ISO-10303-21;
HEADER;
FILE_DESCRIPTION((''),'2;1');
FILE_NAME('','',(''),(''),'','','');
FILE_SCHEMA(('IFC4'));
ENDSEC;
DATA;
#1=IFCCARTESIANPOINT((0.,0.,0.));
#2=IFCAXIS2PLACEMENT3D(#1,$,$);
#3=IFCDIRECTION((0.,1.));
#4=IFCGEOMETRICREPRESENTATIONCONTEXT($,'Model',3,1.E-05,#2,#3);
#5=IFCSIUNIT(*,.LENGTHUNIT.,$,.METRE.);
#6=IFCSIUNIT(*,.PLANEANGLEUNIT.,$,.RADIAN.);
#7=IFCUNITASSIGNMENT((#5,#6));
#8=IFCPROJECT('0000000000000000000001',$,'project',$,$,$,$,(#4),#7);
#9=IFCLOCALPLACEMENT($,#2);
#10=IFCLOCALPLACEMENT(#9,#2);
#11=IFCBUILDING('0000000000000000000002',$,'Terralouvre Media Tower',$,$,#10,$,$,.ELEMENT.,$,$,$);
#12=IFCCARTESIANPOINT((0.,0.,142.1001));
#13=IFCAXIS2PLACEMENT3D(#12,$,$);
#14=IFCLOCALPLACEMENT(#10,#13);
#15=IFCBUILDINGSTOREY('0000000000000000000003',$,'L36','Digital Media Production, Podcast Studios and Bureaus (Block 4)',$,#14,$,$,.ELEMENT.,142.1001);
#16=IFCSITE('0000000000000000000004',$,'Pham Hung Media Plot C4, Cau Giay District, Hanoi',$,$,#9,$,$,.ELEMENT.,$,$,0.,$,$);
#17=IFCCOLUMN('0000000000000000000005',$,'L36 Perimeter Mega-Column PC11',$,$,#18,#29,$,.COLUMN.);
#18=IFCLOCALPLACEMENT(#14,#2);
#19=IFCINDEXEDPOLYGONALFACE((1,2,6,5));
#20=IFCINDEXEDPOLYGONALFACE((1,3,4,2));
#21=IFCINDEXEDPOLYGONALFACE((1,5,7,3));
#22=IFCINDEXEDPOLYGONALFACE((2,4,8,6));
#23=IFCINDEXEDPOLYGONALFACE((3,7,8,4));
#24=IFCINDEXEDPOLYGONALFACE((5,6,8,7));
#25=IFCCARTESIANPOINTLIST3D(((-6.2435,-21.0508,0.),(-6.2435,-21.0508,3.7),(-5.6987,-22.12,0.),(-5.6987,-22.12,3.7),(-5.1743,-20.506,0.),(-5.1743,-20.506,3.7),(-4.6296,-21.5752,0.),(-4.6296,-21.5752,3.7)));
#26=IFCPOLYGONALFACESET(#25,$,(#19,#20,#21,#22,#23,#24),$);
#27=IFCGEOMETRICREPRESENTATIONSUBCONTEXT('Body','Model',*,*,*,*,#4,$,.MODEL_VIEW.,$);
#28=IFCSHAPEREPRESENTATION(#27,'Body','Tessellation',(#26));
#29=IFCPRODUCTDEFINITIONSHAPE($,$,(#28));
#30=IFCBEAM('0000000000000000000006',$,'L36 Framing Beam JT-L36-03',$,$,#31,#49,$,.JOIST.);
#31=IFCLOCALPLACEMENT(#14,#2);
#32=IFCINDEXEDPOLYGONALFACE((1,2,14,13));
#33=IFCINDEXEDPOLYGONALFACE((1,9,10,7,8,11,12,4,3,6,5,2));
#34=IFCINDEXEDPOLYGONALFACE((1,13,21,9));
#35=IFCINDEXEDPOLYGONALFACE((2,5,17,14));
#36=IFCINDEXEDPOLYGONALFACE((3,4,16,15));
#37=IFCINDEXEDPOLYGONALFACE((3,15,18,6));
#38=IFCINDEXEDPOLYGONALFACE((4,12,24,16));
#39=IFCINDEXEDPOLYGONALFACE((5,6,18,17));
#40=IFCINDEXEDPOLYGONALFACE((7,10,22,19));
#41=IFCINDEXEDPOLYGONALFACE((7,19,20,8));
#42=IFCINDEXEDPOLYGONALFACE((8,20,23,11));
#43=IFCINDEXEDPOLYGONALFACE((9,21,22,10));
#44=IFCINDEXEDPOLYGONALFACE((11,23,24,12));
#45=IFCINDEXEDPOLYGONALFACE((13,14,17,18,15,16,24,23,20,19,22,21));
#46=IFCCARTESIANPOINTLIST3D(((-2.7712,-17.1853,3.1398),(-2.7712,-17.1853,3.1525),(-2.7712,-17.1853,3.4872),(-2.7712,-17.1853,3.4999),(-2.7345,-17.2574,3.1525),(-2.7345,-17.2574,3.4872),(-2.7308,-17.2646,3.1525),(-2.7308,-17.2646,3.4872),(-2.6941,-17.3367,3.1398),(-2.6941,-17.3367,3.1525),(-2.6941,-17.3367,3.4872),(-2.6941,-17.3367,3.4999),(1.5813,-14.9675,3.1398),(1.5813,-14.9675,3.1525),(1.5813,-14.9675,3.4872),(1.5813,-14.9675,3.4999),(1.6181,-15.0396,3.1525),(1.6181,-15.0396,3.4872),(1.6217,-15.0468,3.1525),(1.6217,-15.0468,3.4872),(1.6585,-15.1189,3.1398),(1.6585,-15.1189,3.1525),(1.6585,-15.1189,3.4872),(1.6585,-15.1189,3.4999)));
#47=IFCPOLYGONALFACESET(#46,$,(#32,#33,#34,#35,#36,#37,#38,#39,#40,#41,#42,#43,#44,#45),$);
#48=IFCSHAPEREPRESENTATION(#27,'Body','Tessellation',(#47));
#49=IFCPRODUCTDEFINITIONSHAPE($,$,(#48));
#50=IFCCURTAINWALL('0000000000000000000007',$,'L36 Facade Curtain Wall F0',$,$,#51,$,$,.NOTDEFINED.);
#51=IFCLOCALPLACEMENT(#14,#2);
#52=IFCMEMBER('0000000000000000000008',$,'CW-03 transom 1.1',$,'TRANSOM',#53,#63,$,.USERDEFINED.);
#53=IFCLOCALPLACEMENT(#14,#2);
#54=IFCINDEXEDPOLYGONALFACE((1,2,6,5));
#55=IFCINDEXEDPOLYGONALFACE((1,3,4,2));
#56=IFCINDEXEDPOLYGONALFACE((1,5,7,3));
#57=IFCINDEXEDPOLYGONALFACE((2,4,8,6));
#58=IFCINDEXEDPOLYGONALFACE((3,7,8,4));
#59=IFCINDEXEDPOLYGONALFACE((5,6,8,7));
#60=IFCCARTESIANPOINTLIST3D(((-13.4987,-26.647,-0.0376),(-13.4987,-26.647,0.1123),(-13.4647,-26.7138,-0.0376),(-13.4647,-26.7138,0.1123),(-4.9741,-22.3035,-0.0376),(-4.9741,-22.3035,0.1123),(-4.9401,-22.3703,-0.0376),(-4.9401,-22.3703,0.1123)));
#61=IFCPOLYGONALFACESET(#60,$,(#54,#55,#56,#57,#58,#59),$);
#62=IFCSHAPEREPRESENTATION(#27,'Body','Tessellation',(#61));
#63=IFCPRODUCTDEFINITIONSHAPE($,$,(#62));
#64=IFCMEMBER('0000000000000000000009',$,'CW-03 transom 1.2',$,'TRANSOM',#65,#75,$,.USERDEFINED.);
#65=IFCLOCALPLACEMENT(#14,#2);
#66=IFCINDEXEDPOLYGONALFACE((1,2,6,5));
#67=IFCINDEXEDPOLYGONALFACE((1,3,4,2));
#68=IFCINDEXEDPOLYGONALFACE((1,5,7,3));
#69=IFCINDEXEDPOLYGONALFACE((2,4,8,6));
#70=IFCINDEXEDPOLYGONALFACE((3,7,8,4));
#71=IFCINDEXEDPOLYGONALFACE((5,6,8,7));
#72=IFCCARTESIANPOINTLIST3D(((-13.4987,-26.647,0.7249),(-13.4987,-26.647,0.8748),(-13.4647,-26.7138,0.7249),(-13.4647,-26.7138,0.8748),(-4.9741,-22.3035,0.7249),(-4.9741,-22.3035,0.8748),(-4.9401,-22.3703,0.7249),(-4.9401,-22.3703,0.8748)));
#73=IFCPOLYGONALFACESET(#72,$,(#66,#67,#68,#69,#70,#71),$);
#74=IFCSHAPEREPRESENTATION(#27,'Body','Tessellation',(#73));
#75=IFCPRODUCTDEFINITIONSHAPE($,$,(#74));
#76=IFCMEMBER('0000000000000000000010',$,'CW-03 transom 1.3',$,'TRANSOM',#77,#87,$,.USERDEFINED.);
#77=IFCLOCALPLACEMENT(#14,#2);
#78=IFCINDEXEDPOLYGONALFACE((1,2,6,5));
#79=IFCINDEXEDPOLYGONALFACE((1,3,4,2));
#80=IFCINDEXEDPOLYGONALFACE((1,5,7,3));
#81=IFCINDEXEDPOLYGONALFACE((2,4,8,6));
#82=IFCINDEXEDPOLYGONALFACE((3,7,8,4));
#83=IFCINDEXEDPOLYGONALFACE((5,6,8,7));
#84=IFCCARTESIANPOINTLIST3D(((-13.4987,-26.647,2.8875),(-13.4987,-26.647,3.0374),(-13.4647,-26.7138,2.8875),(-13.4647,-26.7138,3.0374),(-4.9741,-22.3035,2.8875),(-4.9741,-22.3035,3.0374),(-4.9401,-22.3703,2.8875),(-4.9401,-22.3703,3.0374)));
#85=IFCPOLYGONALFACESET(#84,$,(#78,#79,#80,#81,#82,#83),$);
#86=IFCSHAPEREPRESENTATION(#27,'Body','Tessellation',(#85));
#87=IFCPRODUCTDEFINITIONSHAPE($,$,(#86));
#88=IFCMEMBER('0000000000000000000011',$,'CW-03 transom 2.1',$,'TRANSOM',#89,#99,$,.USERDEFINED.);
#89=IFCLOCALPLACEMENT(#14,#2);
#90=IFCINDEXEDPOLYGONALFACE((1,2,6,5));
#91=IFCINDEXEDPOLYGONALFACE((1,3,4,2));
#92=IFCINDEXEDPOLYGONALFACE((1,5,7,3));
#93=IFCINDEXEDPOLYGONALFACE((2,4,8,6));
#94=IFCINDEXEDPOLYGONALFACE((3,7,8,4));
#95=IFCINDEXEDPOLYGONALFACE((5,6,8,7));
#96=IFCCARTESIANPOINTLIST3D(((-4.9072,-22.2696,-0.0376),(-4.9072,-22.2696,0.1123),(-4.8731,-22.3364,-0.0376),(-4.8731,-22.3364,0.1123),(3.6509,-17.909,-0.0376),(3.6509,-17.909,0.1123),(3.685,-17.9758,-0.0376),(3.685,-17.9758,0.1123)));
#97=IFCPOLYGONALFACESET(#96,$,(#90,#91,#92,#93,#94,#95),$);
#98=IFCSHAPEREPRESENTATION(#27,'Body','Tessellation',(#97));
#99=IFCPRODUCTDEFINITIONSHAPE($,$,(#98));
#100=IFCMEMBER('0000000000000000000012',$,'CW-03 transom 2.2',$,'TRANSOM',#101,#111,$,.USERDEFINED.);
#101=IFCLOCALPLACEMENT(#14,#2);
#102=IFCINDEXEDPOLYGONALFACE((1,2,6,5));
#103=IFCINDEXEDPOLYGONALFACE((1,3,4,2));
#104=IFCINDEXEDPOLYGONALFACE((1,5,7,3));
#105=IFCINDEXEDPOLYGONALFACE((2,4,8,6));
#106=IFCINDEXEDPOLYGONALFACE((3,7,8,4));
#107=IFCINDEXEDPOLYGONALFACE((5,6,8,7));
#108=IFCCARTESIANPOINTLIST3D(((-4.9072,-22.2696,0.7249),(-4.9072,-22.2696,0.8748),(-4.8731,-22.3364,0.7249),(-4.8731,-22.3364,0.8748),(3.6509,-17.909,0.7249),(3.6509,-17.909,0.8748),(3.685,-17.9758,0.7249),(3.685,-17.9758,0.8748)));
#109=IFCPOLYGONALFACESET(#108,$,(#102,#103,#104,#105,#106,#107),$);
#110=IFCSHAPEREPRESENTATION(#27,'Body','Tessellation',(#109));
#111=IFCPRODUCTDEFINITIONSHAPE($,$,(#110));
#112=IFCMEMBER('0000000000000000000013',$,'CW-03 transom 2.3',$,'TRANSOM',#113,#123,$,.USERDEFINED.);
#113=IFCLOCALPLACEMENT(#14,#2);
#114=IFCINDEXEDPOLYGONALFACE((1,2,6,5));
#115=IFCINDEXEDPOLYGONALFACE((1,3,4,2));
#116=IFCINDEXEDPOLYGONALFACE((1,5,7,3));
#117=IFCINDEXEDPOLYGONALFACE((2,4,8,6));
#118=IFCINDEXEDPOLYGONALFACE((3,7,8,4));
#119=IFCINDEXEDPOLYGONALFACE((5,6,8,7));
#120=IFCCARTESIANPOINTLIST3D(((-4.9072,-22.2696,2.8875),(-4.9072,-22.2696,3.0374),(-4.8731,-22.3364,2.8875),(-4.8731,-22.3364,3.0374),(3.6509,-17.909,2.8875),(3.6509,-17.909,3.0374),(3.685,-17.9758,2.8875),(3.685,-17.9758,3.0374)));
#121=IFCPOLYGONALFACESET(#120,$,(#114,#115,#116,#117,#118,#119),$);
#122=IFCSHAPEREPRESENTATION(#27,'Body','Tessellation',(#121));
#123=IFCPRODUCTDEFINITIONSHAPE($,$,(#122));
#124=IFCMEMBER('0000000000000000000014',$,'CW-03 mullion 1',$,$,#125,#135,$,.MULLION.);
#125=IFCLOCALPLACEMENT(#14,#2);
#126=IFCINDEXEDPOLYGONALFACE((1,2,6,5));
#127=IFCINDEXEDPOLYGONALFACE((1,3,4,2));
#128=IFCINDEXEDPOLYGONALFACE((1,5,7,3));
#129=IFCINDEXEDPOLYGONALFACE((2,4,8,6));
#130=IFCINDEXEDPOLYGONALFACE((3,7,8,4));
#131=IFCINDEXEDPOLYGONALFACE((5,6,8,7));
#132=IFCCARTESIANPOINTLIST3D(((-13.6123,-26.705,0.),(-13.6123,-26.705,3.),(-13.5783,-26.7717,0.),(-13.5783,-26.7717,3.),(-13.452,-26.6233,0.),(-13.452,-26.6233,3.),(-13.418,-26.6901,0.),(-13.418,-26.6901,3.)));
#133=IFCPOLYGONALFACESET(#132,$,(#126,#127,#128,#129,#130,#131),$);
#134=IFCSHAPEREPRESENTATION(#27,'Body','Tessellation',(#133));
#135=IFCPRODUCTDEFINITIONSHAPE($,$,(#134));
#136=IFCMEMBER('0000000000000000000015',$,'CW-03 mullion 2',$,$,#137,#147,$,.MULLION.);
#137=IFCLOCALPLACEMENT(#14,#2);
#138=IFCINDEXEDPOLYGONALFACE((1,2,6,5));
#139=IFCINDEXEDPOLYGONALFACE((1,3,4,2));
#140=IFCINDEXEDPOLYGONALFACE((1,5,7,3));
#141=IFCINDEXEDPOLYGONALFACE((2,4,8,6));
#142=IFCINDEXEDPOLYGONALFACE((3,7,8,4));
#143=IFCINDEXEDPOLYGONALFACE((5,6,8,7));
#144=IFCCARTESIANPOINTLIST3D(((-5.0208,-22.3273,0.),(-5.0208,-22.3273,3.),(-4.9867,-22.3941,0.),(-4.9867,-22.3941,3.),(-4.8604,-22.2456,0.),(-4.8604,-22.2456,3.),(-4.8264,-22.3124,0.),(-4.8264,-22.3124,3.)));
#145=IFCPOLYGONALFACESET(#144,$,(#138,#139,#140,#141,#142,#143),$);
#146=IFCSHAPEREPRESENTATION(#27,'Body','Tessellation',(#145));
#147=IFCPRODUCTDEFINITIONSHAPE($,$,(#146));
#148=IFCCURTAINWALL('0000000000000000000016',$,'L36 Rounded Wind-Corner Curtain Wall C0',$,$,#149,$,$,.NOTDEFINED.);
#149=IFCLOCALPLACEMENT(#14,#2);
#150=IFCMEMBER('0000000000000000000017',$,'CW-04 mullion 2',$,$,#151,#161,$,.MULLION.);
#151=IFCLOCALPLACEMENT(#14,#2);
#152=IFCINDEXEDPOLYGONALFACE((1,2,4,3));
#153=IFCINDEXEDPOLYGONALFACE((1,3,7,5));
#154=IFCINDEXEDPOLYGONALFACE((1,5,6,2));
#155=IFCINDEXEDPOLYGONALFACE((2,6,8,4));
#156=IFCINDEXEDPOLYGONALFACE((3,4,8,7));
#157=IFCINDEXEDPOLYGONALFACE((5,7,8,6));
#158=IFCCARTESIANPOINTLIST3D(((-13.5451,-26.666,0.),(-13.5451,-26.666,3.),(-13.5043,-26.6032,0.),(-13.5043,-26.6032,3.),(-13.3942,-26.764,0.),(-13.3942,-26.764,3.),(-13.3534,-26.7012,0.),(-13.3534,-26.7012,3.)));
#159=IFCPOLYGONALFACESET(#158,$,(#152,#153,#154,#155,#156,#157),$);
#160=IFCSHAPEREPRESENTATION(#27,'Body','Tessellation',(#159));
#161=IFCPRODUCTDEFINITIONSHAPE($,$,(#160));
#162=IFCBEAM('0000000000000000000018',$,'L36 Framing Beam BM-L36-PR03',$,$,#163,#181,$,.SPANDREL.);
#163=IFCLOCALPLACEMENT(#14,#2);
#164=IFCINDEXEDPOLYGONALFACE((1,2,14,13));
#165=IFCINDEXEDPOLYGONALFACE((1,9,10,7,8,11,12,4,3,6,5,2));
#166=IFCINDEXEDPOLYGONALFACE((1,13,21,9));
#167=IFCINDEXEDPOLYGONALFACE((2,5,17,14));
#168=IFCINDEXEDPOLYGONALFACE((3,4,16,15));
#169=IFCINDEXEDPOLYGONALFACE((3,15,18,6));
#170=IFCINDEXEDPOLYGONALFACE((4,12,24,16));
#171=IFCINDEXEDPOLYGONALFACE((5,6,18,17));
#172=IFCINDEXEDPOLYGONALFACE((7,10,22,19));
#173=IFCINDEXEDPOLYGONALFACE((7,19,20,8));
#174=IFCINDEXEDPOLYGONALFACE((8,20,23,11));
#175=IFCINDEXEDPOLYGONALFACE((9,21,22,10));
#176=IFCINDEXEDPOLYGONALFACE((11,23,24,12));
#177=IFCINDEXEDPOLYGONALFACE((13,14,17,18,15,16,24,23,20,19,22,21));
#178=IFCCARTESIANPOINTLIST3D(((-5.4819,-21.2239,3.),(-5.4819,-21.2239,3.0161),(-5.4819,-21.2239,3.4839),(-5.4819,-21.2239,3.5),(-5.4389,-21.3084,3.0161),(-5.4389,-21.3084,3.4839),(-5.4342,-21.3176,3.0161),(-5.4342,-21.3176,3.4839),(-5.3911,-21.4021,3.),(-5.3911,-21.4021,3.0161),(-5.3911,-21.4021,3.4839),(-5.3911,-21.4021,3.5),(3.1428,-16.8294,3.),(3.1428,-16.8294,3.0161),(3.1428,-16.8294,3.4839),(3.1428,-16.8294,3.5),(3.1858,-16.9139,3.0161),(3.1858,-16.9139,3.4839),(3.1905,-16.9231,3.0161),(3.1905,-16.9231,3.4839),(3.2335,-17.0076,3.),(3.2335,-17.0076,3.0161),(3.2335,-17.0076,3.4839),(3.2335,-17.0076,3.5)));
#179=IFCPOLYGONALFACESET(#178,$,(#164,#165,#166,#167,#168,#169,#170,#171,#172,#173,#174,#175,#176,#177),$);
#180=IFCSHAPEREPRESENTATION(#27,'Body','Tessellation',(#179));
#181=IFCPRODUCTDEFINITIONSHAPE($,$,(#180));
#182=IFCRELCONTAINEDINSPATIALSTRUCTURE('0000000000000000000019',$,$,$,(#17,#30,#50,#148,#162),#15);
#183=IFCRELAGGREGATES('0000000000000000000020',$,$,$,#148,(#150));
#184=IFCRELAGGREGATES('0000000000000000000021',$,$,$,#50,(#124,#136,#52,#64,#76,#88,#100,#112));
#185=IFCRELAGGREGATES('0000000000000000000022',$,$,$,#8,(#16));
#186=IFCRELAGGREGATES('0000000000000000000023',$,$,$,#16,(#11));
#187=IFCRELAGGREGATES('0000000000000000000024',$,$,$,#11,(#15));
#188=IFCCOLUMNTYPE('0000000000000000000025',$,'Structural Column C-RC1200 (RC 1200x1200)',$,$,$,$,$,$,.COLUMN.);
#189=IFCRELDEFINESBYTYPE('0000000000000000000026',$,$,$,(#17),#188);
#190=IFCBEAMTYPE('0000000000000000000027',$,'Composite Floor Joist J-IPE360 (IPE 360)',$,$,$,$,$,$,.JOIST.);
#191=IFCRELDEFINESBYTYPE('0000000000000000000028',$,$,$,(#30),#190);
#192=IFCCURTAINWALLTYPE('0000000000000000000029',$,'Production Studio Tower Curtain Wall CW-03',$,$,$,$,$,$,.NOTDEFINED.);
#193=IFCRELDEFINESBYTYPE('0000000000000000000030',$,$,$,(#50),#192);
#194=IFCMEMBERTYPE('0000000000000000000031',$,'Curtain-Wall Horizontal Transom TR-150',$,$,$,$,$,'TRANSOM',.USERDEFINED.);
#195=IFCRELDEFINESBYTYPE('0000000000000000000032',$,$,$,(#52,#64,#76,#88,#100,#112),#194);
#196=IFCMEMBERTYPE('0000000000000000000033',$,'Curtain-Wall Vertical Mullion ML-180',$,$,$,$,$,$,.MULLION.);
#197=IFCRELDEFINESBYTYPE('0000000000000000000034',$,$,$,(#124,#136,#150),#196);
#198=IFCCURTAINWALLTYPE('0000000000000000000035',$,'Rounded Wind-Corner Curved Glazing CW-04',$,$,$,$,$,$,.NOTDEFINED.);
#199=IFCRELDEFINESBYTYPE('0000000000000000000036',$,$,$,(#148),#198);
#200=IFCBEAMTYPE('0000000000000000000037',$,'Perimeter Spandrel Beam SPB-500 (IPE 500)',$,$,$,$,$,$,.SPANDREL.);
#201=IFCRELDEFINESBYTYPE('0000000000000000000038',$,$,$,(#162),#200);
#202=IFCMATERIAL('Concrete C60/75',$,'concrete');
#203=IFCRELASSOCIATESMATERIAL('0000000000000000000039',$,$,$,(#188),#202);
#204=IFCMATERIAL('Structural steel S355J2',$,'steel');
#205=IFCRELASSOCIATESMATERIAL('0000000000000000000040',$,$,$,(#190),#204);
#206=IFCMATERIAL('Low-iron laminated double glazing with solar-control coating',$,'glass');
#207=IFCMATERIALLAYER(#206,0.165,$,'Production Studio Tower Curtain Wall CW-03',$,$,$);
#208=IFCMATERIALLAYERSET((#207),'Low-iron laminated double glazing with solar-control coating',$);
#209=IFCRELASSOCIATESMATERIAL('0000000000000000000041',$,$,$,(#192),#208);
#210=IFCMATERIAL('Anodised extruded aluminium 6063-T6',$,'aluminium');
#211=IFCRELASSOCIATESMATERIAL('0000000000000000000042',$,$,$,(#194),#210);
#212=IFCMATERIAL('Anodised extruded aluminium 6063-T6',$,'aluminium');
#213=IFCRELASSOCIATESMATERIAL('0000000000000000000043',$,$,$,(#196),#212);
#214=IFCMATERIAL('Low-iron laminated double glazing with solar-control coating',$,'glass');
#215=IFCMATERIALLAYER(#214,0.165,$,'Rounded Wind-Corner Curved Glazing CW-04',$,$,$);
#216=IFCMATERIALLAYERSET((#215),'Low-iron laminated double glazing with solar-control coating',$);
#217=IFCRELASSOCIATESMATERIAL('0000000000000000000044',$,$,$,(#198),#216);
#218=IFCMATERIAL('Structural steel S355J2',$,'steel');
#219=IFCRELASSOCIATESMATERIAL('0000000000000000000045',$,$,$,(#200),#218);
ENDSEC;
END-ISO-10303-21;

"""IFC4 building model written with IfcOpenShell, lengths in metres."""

from ifc_helpers import new_model, si_unit, direction, frame, origin, origin_2d, place, context, subcontext, project, spatial, rectangle, i_section, extrude, material, layer, layer_set, material_profile, profile_set, type_object, element, aggregate, save


model = new_model("IFC4")

# Units and contexts
model_context = context("Model", 3, precision=1e-05, world=origin(), true_north=direction((0.0, 1.0)))
body_context = subcontext(model_context, "Body", "Model", "MODEL_VIEW")
ifc_project = project(units=[si_unit("LENGTHUNIT", "METRE"), si_unit("PLANEANGLEUNIT", "RADIAN")], contexts=[model_context])

# Site, building, storey
site_placement = place(None, origin())
site = spatial("IfcSite", under=ifc_project, at=site_placement, Name="Pham Hung Media Plot C4, Cau Giay District, Hanoi", CompositionType="ELEMENT", RefElevation=0.0)
building_placement = place(site_placement, origin())
building = spatial("IfcBuilding", under=site, at=building_placement, Name="Terralouvre Media Tower", CompositionType="ELEMENT")
storey_placement = place(building_placement, frame((0.0, 0.0, 142.1001)))
storey = spatial("IfcBuildingStorey", under=building, at=storey_placement, Name="L36", Description="Digital Media Production, Podcast Studios and Bureaus (Block 4)", CompositionType="ELEMENT", Elevation=142.1001)

# Column
ifc_material_1 = material(Name="Concrete C60/75", Category="concrete")
ifc_material_profile_1 = material_profile(ifc_material_1, rectangle(XDim=1.2, YDim=1.2, at=origin_2d()), Name="RC 1200x1200")
ifc_profile_set_1 = profile_set([ifc_material_profile_1], Name="Concrete C60/75")
column_type = type_object("IfcColumnType", Name="Structural Column C-RC1200 (RC 1200x1200)", PredefinedType="COLUMN", material=ifc_profile_set_1)
column_placement = place(storey_placement, frame((-5.4365, -21.313, 0.0), z_axis=(0.0, 0.0, 1.0), x_axis=(0.891007, 0.45399, 0.0)))
element("IfcColumn", 1, at=column_placement, inside=storey, type_object=column_type, Name="L36 Perimeter Mega-Column PC11", PredefinedType="COLUMN", context=body_context, shape_type="SweptSolid", body=[
    extrude(rectangle(XDim=1.2, YDim=1.2, at=origin_2d()), origin(), (0.0, 0.0, 1.0), 3.7),
])

# Beam
ifc_material_2 = material(Name="Structural steel S355J2", Category="steel")
ifc_material_profile_2 = material_profile(ifc_material_2, i_section(OverallWidth=0.1699, OverallDepth=0.3601, WebThickness=0.0081, FlangeThickness=0.0127, at=origin_2d()), Name="IPE 360")
ifc_profile_set_2 = profile_set([ifc_material_profile_2], Name="Structural steel S355J2")
beam_type_1 = type_object("IfcBeamType", Name="Composite Floor Joist J-IPE360 (IPE 360)", PredefinedType="JOIST", material=ifc_profile_set_2)
beam_1_placement = place(storey_placement, frame((-2.7327, -17.261, 3.3198), z_axis=(0.891003, 0.453998, 0.0), x_axis=(-0.453998, 0.891003, 0.0)))
element("IfcBeam", 2, at=beam_1_placement, inside=storey, type_object=beam_type_1, Name="L36 Framing Beam JT-L36-03", PredefinedType="JOIST", context=body_context, shape_type="SweptSolid", body=[
    extrude(i_section(OverallWidth=0.1699, OverallDepth=0.3601, WebThickness=0.0081, FlangeThickness=0.0127, at=origin_2d()), origin(), (0.0, 0.0, 1.0), 4.885),
])

# Curtain wall, members
ifc_material_3 = material(Name="Low-iron laminated double glazing with solar-control coating", Category="glass")
ifc_layer_1 = layer(ifc_material_3, 0.165, Name="Production Studio Tower Curtain Wall CW-03")
ifc_layer_set_1 = layer_set([ifc_layer_1], Name="Low-iron laminated double glazing with solar-control coating")
curtain_wall_type_1 = type_object("IfcCurtainWallType", Name="Production Studio Tower Curtain Wall CW-03", PredefinedType="NOTDEFINED", material=ifc_layer_set_1)
curtain_wall_1_placement = place(storey_placement, origin())
curtain_wall_1 = element("IfcCurtainWall", 3, at=curtain_wall_1_placement, inside=storey, type_object=curtain_wall_type_1, Name="L36 Facade Curtain Wall F0", PredefinedType="NOTDEFINED")
ifc_material_4 = material(Name="Anodised extruded aluminium 6063-T6", Category="aluminium")
ifc_material_profile_3 = material_profile(ifc_material_4, rectangle(XDim=0.075, YDim=0.1499, at=origin_2d()), Name="ALU 75x150")
ifc_profile_set_3 = profile_set([ifc_material_profile_3], Name="Anodised extruded aluminium 6063-T6")
member_type_1 = type_object("IfcMemberType", Name="Curtain-Wall Horizontal Transom TR-150", ElementType="TRANSOM", PredefinedType="USERDEFINED", material=ifc_profile_set_3)
member_1_placement = place(storey_placement, frame((-13.4817, -26.6804, 0.0374), z_axis=(0.891008, 0.453988, 0.0), x_axis=(-0.453988, 0.891008, 0.0)))
member_1 = element("IfcMember", 4, at=member_1_placement, type_object=member_type_1, Name="CW-03 transom 1.1", ObjectType="TRANSOM", PredefinedType="USERDEFINED", context=body_context, shape_type="SweptSolid", body=[
    extrude(rectangle(XDim=0.075, YDim=0.1499, at=origin_2d()), origin(), (0.0, 0.0, 1.0), 9.5674),
])
member_2_placement = place(storey_placement, frame((-13.4817, -26.6804, 0.7998), z_axis=(0.891008, 0.453988, 0.0), x_axis=(-0.453988, 0.891008, 0.0)))
member_2 = element("IfcMember", 5, at=member_2_placement, type_object=member_type_1, Name="CW-03 transom 1.2", ObjectType="TRANSOM", PredefinedType="USERDEFINED", context=body_context, shape_type="SweptSolid", body=[
    extrude(rectangle(XDim=0.075, YDim=0.1499, at=origin_2d()), origin(), (0.0, 0.0, 1.0), 9.5674),
])
member_3_placement = place(storey_placement, frame((-13.4817, -26.6804, 2.9624), z_axis=(0.891008, 0.453988, 0.0), x_axis=(-0.453988, 0.891008, 0.0)))
member_3 = element("IfcMember", 6, at=member_3_placement, type_object=member_type_1, Name="CW-03 transom 1.3", ObjectType="TRANSOM", PredefinedType="USERDEFINED", context=body_context, shape_type="SweptSolid", body=[
    extrude(rectangle(XDim=0.075, YDim=0.1499, at=origin_2d()), origin(), (0.0, 0.0, 1.0), 9.5674),
])
member_4_placement = place(storey_placement, frame((-4.8901, -22.303, 0.0374), z_axis=(0.891006, 0.453992, 0.0), x_axis=(-0.453992, 0.891006, 0.0)))
member_4 = element("IfcMember", 7, at=member_4_placement, type_object=member_type_1, Name="CW-03 transom 2.1", ObjectType="TRANSOM", PredefinedType="USERDEFINED", context=body_context, shape_type="SweptSolid", body=[
    extrude(rectangle(XDim=0.075, YDim=0.1499, at=origin_2d()), origin(), (0.0, 0.0, 1.0), 9.605),
])
member_5_placement = place(storey_placement, frame((-4.8901, -22.303, 0.7998), z_axis=(0.891006, 0.453992, 0.0), x_axis=(-0.453992, 0.891006, 0.0)))
member_5 = element("IfcMember", 8, at=member_5_placement, type_object=member_type_1, Name="CW-03 transom 2.2", ObjectType="TRANSOM", PredefinedType="USERDEFINED", context=body_context, shape_type="SweptSolid", body=[
    extrude(rectangle(XDim=0.075, YDim=0.1499, at=origin_2d()), origin(), (0.0, 0.0, 1.0), 9.605),
])
member_6_placement = place(storey_placement, frame((-4.8901, -22.303, 2.9624), z_axis=(0.891006, 0.453992, 0.0), x_axis=(-0.453992, 0.891006, 0.0)))
member_6 = element("IfcMember", 9, at=member_6_placement, type_object=member_type_1, Name="CW-03 transom 2.3", ObjectType="TRANSOM", PredefinedType="USERDEFINED", context=body_context, shape_type="SweptSolid", body=[
    extrude(rectangle(XDim=0.075, YDim=0.1499, at=origin_2d()), origin(), (0.0, 0.0, 1.0), 9.605),
])
ifc_material_5 = material(Name="Anodised extruded aluminium 6063-T6", Category="aluminium")
ifc_material_profile_4 = material_profile(ifc_material_5, rectangle(XDim=0.075, YDim=0.1799, at=origin_2d()), Name="ALU 75x180")
ifc_profile_set_4 = profile_set([ifc_material_profile_4], Name="Anodised extruded aluminium 6063-T6")
member_type_2 = type_object("IfcMemberType", Name="Curtain-Wall Vertical Mullion ML-180", PredefinedType="MULLION", material=ifc_profile_set_4)
member_7_placement = place(storey_placement, frame((-13.5151, -26.6975, 0.0), z_axis=(0.0, 0.0, 1.0), x_axis=(-0.453991, 0.891007, 0.0)))
member_7 = element("IfcMember", 10, at=member_7_placement, type_object=member_type_2, Name="CW-03 mullion 1", PredefinedType="MULLION", context=body_context, shape_type="SweptSolid", body=[
    extrude(rectangle(XDim=0.075, YDim=0.1799, at=origin_2d()), origin(), (0.0, 0.0, 1.0), 3.0),
])
member_8_placement = place(storey_placement, frame((-4.9236, -22.3198, 0.0), z_axis=(0.0, 0.0, 1.0), x_axis=(-0.453991, 0.891007, 0.0)))
member_8 = element("IfcMember", 11, at=member_8_placement, type_object=member_type_2, Name="CW-03 mullion 2", PredefinedType="MULLION", context=body_context, shape_type="SweptSolid", body=[
    extrude(rectangle(XDim=0.075, YDim=0.1799, at=origin_2d()), origin(), (0.0, 0.0, 1.0), 3.0),
])

# Curtain wall, member
ifc_material_6 = material(Name="Low-iron laminated double glazing with solar-control coating", Category="glass")
ifc_layer_2 = layer(ifc_material_6, 0.165, Name="Rounded Wind-Corner Curved Glazing CW-04")
ifc_layer_set_2 = layer_set([ifc_layer_2], Name="Low-iron laminated double glazing with solar-control coating")
curtain_wall_type_2 = type_object("IfcCurtainWallType", Name="Rounded Wind-Corner Curved Glazing CW-04", PredefinedType="NOTDEFINED", material=ifc_layer_set_2)
curtain_wall_2_placement = place(storey_placement, origin())
curtain_wall_2 = element("IfcCurtainWall", 12, at=curtain_wall_2_placement, inside=storey, type_object=curtain_wall_type_2, Name="L36 Rounded Wind-Corner Curtain Wall C0", PredefinedType="NOTDEFINED")
member_9_placement = place(storey_placement, frame((-13.4492, -26.6836, 0.0), z_axis=(0.0, 0.0, 1.0), x_axis=(0.544639, 0.83867, 0.0)))
member_9 = element("IfcMember", 13, at=member_9_placement, type_object=member_type_2, Name="CW-04 mullion 2", PredefinedType="MULLION", context=body_context, shape_type="SweptSolid", body=[
    extrude(rectangle(XDim=0.075, YDim=0.1799, at=origin_2d()), origin(), (0.0, 0.0, 1.0), 3.0),
])
aggregate(curtain_wall_2, [member_9])

# Beam
ifc_material_7 = material(Name="Structural steel S355J2", Category="steel")
ifc_material_profile_5 = material_profile(ifc_material_7, i_section(OverallWidth=0.2, OverallDepth=0.5, WebThickness=0.0103, FlangeThickness=0.0161, at=origin_2d()), Name="IPE 500")
ifc_profile_set_5 = profile_set([ifc_material_profile_5], Name="Structural steel S355J2")
beam_type_2 = type_object("IfcBeamType", Name="Perimeter Spandrel Beam SPB-500 (IPE 500)", PredefinedType="SPANDREL", material=ifc_profile_set_5)
beam_2_placement = place(storey_placement, frame((-5.4365, -21.313, 3.25), z_axis=(0.891007, 0.45399, 0.0), x_axis=(-0.45399, 0.891007, 0.0)))
element("IfcBeam", 14, at=beam_2_placement, inside=storey, type_object=beam_type_2, Name="L36 Framing Beam BM-L36-PR03", PredefinedType="SPANDREL", context=body_context, shape_type="SweptSolid", body=[
    extrude(i_section(OverallWidth=0.2, OverallDepth=0.5, WebThickness=0.0103, FlangeThickness=0.0161, at=origin_2d()), origin(), (0.0, 0.0, 1.0), 9.6797),
])

aggregate(curtain_wall_1, [member_7, member_8, member_1, member_2, member_3, member_4, member_5, member_6])

save(model, "model.ifc")
